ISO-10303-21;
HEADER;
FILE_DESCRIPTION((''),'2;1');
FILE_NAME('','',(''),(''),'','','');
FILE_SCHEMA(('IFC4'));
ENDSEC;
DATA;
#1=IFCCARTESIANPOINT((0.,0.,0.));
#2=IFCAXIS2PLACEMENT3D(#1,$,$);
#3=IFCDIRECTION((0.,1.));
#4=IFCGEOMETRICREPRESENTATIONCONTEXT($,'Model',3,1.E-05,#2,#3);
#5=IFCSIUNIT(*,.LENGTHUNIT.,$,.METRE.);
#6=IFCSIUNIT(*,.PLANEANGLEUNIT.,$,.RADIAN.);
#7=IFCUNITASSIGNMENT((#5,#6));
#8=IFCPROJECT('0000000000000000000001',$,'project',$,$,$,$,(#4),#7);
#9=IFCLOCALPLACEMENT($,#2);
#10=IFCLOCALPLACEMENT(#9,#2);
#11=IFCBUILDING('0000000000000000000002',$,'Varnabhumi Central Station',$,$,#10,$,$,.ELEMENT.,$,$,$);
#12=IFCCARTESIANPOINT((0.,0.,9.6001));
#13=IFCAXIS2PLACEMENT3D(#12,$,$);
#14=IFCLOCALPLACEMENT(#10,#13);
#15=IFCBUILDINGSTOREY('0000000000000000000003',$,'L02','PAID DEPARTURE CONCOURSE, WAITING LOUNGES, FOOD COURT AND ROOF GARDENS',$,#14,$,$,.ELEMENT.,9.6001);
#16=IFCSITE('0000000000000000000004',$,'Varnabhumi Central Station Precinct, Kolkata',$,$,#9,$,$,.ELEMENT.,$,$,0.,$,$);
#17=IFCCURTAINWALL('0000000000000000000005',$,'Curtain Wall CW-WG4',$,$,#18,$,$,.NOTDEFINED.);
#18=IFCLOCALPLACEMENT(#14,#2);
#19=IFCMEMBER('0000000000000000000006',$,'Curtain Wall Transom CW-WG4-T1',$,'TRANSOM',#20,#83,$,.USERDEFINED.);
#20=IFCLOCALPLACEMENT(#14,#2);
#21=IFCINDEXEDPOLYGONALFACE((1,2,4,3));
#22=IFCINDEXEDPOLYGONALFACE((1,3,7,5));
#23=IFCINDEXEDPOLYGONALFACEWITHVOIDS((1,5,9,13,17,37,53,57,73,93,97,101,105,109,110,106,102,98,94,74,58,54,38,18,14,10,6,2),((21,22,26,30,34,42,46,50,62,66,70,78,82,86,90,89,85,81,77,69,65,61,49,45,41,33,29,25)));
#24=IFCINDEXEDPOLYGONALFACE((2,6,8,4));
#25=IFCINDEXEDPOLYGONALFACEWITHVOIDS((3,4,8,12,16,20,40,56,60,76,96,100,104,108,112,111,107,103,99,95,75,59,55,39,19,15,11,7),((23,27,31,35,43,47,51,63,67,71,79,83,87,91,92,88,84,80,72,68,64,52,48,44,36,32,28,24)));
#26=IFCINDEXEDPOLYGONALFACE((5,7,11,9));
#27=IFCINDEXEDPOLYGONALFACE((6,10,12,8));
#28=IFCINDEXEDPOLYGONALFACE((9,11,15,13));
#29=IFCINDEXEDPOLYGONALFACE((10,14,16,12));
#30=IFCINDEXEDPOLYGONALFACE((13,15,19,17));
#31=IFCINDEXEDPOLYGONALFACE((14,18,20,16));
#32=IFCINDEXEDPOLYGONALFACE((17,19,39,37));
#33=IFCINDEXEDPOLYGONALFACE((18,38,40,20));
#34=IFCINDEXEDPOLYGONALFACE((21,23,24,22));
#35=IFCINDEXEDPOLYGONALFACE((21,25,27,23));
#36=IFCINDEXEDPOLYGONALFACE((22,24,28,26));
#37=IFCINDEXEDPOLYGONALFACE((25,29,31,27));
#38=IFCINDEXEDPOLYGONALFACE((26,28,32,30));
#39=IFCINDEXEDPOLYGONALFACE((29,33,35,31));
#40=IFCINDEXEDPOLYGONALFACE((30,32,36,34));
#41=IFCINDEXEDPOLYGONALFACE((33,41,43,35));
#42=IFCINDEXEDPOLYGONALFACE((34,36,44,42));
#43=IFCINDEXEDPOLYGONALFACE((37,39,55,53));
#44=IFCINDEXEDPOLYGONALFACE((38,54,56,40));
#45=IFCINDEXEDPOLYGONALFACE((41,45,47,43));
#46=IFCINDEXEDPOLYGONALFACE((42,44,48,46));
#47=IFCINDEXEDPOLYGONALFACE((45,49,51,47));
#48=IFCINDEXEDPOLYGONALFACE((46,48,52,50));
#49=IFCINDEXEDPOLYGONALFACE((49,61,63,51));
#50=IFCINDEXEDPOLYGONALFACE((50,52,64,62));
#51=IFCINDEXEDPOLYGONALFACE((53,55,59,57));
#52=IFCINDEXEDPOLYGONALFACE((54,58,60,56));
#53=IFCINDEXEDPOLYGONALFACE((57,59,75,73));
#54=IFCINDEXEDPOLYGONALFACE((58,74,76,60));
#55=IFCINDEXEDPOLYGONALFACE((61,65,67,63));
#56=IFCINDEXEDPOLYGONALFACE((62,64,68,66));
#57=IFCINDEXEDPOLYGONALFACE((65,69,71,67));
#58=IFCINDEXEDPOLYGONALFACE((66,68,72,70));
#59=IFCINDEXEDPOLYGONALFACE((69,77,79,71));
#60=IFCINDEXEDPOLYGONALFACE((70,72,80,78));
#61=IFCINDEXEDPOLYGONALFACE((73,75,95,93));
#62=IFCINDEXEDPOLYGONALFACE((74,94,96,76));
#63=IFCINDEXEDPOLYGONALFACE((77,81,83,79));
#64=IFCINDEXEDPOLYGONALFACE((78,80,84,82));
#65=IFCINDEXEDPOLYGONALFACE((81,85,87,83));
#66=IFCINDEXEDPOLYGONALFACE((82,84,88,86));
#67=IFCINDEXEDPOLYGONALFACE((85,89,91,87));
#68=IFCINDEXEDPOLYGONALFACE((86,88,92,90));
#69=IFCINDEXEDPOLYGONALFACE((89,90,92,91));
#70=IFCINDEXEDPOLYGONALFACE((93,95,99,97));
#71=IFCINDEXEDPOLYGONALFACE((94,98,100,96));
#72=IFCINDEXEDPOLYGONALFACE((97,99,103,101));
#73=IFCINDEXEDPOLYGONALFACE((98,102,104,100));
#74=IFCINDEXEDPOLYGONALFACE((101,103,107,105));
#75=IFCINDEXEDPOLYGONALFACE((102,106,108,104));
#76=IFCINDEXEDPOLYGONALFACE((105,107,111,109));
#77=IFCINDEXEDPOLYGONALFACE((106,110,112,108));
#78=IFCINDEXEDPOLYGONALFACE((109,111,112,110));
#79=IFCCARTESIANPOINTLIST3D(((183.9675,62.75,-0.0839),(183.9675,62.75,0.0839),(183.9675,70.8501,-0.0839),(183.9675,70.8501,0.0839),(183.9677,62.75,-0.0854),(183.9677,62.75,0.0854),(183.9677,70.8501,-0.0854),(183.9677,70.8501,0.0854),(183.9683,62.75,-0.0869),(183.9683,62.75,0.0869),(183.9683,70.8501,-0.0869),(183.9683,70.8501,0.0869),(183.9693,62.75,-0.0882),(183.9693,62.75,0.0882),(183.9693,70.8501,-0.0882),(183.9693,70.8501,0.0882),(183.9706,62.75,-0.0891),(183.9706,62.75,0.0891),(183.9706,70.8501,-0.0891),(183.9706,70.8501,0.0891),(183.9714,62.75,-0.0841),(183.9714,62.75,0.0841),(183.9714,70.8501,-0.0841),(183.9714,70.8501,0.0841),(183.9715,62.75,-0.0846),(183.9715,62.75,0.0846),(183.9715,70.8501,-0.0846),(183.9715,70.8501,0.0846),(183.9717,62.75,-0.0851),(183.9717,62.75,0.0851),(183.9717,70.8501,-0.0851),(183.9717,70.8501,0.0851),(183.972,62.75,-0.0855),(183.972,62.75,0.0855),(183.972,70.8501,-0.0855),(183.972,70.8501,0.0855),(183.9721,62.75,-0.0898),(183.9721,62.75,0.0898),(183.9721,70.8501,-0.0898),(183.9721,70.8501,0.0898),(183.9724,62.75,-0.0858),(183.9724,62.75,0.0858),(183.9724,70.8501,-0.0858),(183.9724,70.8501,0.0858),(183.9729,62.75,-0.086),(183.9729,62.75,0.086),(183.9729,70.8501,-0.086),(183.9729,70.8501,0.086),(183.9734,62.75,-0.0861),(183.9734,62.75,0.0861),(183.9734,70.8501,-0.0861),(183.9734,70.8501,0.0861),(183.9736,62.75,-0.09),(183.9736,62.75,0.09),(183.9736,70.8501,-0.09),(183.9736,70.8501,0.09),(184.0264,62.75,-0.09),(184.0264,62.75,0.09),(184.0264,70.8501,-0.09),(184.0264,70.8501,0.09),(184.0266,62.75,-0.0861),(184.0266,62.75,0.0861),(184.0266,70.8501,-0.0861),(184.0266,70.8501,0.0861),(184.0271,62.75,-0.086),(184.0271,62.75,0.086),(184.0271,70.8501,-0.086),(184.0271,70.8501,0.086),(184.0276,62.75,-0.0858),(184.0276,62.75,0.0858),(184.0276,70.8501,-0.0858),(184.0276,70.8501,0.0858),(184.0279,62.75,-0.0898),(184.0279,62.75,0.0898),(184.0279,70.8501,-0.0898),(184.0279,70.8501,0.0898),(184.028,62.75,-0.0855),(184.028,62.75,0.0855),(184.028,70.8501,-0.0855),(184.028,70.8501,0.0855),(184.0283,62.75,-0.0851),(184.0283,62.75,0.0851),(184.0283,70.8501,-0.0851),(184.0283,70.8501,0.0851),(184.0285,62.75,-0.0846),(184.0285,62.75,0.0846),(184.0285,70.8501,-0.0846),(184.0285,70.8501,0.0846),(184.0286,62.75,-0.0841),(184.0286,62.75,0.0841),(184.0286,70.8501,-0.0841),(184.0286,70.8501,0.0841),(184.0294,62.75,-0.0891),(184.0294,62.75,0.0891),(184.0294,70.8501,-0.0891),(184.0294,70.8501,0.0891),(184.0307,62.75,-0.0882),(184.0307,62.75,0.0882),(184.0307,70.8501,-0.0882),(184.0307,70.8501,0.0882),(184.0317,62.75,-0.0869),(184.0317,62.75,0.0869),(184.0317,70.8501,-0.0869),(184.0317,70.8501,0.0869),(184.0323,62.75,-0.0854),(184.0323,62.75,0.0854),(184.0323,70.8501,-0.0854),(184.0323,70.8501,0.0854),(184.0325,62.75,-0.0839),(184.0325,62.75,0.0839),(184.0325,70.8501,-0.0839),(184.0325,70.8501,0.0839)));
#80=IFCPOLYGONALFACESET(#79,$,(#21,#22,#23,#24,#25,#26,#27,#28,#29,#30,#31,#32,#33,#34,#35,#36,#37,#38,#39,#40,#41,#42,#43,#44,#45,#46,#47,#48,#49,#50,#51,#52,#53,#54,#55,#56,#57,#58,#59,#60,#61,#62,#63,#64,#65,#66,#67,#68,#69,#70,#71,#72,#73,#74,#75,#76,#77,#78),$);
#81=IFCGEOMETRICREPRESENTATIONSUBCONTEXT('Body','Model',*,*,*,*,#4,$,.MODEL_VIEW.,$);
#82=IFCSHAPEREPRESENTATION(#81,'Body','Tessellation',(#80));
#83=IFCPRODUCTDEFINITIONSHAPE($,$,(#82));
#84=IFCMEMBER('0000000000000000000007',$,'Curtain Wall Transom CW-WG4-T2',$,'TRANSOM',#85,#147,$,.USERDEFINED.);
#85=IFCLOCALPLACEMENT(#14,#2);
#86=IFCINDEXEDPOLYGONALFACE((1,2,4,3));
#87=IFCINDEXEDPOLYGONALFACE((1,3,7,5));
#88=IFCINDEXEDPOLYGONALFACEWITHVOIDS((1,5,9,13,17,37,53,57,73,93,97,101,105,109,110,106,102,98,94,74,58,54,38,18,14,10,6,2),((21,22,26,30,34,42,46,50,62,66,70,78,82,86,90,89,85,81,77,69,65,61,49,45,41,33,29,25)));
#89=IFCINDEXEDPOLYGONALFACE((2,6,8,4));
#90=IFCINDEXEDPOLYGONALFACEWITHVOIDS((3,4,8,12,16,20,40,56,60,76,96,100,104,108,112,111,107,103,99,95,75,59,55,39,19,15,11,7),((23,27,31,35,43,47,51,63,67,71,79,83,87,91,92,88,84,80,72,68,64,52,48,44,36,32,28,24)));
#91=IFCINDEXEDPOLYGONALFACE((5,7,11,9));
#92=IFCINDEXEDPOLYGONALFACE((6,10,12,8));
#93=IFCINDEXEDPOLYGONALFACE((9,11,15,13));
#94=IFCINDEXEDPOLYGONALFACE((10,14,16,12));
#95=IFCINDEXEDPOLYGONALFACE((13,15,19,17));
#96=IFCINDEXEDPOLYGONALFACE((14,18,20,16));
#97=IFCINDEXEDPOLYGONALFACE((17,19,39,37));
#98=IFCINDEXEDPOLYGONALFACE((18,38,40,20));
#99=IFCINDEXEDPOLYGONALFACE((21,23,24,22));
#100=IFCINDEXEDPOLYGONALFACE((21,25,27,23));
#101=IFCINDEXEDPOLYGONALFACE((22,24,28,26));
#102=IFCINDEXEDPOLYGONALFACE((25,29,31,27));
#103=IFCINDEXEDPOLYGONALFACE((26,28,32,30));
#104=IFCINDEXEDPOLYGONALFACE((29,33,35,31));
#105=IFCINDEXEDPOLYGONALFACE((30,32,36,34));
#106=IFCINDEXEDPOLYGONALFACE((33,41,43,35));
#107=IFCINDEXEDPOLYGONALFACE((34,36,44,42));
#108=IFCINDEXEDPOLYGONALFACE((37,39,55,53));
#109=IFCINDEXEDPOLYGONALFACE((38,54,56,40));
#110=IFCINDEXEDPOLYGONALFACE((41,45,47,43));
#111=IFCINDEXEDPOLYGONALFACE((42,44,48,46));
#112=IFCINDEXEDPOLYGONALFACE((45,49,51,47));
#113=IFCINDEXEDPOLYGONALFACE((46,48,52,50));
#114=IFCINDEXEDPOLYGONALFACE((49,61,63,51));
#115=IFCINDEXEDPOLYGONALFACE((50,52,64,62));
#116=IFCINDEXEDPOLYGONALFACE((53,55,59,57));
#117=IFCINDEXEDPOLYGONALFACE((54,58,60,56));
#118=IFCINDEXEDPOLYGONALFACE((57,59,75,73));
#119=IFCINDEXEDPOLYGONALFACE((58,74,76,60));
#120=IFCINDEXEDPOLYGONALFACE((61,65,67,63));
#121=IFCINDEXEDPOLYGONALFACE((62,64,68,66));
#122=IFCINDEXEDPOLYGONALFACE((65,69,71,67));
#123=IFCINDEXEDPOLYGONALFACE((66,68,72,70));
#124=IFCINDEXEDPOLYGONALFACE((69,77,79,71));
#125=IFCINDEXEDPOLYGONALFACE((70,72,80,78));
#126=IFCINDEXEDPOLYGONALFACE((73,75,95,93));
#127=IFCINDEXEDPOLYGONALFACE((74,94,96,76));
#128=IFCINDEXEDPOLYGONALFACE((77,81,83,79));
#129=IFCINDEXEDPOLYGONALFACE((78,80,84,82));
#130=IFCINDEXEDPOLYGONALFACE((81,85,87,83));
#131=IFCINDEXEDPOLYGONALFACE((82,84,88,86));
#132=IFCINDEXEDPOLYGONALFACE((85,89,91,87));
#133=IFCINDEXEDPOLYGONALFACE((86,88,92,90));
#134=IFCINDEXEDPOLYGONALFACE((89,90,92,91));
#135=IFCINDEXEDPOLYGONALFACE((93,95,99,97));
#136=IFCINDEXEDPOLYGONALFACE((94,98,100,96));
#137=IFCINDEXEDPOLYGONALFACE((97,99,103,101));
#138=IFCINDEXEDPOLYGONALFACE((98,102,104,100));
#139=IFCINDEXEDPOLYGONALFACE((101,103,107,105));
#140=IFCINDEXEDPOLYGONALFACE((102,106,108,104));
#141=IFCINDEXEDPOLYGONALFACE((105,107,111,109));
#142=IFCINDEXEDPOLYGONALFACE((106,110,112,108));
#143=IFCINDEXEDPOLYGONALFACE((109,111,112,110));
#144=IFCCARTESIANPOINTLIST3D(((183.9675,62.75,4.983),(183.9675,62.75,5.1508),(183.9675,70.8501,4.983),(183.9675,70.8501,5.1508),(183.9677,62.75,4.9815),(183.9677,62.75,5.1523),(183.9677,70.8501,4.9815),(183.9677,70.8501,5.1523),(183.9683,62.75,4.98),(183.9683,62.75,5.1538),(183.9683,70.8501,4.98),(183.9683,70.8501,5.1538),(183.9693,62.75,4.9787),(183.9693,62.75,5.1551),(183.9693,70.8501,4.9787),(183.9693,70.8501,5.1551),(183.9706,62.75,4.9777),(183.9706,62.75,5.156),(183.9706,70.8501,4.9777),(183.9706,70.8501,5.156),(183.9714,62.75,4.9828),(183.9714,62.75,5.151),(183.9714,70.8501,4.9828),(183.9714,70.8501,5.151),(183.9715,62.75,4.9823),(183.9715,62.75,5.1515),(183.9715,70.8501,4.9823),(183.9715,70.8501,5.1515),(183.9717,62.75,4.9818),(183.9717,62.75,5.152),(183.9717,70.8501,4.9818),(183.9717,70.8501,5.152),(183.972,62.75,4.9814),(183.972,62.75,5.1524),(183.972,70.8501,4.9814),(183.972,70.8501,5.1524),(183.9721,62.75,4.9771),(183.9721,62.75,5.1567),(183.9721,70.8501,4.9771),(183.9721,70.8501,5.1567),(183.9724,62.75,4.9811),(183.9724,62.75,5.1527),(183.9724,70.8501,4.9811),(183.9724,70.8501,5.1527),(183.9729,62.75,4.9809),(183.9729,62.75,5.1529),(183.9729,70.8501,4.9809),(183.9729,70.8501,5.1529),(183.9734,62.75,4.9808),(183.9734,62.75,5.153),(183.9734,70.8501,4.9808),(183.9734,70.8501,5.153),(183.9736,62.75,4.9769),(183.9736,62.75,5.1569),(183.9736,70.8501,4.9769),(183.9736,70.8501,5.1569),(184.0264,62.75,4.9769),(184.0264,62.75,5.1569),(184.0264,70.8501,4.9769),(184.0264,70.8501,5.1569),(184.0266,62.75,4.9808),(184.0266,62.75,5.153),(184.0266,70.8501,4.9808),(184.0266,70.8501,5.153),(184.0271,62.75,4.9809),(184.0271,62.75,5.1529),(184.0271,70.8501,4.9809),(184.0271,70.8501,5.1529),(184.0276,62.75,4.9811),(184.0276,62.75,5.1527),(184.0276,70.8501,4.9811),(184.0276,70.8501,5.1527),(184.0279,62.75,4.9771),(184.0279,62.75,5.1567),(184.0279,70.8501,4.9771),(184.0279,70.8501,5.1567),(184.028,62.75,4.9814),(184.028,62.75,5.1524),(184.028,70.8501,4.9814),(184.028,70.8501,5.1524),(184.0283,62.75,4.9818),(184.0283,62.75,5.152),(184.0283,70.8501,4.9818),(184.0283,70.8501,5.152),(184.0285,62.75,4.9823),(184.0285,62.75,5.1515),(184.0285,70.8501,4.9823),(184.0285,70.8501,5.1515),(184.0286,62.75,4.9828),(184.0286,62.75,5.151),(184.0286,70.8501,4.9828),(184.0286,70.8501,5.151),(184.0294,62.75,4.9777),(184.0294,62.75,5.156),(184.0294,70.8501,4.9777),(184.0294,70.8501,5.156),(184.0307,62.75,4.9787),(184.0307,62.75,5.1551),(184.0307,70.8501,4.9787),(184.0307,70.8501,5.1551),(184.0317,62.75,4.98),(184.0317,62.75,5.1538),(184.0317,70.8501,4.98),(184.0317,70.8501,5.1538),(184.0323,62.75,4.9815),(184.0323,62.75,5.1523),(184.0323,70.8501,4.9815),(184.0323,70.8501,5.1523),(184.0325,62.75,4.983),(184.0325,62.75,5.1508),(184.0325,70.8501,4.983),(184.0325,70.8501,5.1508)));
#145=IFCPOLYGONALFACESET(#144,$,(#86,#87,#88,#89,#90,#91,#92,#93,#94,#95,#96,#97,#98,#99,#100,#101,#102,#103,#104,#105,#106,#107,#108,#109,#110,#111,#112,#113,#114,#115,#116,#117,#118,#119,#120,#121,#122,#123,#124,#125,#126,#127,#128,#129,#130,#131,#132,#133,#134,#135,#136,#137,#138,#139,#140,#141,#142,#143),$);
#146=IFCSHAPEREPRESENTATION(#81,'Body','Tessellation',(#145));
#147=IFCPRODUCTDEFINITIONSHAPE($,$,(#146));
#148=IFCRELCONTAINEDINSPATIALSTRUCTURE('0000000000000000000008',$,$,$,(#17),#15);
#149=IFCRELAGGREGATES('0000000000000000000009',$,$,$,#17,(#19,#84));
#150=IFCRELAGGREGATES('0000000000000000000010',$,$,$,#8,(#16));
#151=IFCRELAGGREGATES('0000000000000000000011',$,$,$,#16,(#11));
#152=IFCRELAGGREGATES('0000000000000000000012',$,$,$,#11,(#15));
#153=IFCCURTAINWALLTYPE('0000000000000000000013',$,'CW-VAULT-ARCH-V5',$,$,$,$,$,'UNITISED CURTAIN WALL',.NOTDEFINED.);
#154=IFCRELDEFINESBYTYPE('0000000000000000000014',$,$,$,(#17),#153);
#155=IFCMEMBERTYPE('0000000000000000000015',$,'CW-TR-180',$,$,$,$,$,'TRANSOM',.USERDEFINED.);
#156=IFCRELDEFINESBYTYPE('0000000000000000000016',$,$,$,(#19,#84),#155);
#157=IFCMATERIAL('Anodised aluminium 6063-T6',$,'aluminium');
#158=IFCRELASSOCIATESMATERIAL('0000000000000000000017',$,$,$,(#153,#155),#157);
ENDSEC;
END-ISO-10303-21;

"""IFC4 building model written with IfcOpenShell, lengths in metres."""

from ifc_helpers import new_model, si_unit, direction, frame, origin, origin_2d, place, context, subcontext, project, spatial, hollow_rectangle, extrude, material, material_profile, profile_set, type_object, element, aggregate, save


model = new_model("IFC4")

# Units and contexts
model_context = context("Model", 3, precision=1e-05, world=origin(), true_north=direction((0.0, 1.0)))
body_context = subcontext(model_context, "Body", "Model", "MODEL_VIEW")
ifc_project = project(units=[si_unit("LENGTHUNIT", "METRE"), si_unit("PLANEANGLEUNIT", "RADIAN")], contexts=[model_context])

# Site, building, storey
site_placement = place(None, origin())
site = spatial("IfcSite", under=ifc_project, at=site_placement, Name="Varnabhumi Central Station Precinct, Kolkata", CompositionType="ELEMENT", RefElevation=0.0)
building_placement = place(site_placement, origin())
building = spatial("IfcBuilding", under=site, at=building_placement, Name="Varnabhumi Central Station", CompositionType="ELEMENT")
storey_placement = place(building_placement, frame((0.0, 0.0, 9.6001)))
storey = spatial("IfcBuildingStorey", under=building, at=storey_placement, Name="L02", Description="PAID DEPARTURE CONCOURSE, WAITING LOUNGES, FOOD COURT AND ROOF GARDENS", CompositionType="ELEMENT", Elevation=9.6001)

# Curtain wall
ifc_material_1 = material(Name="Anodised aluminium 6063-T6", Category="aluminium")
curtain_wall_type = type_object("IfcCurtainWallType", Name="CW-VAULT-ARCH-V5", ElementType="UNITISED CURTAIN WALL", PredefinedType="NOTDEFINED", material=ifc_material_1)
curtain_wall_1_placement = place(storey_placement, origin())
curtain_wall_1 = element("IfcCurtainWall", 1, at=curtain_wall_1_placement, inside=storey, type_object=curtain_wall_type, Name="Curtain Wall CW-WG4", PredefinedType="NOTDEFINED")

# Members
ifc_material_profile_1 = material_profile(ifc_material_1, hollow_rectangle(XDim=0.0649, YDim=0.1799, WallThickness=0.0039, InnerFilletRadius=0.002, OuterFilletRadius=0.0061, at=origin_2d()), Name="Anodised aluminium 6063-T6", Category="aluminium")
ifc_profile_set_1 = profile_set([ifc_material_profile_1], Name="Anodised aluminium 6063-T6")
member_type_1 = type_object("IfcMemberType", Name="CW-TR-180", ElementType="TRANSOM", PredefinedType="USERDEFINED", material=ifc_profile_set_1)
member_1_placement = place(storey_placement, frame((184.0, 62.75, 0.0), z_axis=(0.0, 1.0, 0.0), x_axis=(-1.0, 0.0, 0.0)))
member_1 = element("IfcMember", 2, at=member_1_placement, type_object=member_type_1, Name="Curtain Wall Transom CW-WG4-T1", ObjectType="TRANSOM", PredefinedType="USERDEFINED", context=body_context, shape_type="SweptSolid", body=[
    extrude(hollow_rectangle(XDim=0.0649, YDim=0.1799, WallThickness=0.0039, InnerFilletRadius=0.002, OuterFilletRadius=0.0061, at=origin_2d()), origin(), (0.0, 0.0, 1.0), 8.1001),
])
member_2_placement = place(storey_placement, frame((184.0, 62.75, 5.0669), z_axis=(0.0, 1.0, 0.0), x_axis=(-1.0, 0.0, 0.0)))
member_2 = element("IfcMember", 3, at=member_2_placement, type_object=member_type_1, Name="Curtain Wall Transom CW-WG4-T2", ObjectType="TRANSOM", PredefinedType="USERDEFINED", context=body_context, shape_type="SweptSolid", body=[
    extrude(hollow_rectangle(XDim=0.0649, YDim=0.1799, WallThickness=0.0039, InnerFilletRadius=0.002, OuterFilletRadius=0.0061, at=origin_2d()), origin(), (0.0, 0.0, 1.0), 8.1001),
])

aggregate(curtain_wall_1, [member_1, member_2])

save(model, "model.ifc")
